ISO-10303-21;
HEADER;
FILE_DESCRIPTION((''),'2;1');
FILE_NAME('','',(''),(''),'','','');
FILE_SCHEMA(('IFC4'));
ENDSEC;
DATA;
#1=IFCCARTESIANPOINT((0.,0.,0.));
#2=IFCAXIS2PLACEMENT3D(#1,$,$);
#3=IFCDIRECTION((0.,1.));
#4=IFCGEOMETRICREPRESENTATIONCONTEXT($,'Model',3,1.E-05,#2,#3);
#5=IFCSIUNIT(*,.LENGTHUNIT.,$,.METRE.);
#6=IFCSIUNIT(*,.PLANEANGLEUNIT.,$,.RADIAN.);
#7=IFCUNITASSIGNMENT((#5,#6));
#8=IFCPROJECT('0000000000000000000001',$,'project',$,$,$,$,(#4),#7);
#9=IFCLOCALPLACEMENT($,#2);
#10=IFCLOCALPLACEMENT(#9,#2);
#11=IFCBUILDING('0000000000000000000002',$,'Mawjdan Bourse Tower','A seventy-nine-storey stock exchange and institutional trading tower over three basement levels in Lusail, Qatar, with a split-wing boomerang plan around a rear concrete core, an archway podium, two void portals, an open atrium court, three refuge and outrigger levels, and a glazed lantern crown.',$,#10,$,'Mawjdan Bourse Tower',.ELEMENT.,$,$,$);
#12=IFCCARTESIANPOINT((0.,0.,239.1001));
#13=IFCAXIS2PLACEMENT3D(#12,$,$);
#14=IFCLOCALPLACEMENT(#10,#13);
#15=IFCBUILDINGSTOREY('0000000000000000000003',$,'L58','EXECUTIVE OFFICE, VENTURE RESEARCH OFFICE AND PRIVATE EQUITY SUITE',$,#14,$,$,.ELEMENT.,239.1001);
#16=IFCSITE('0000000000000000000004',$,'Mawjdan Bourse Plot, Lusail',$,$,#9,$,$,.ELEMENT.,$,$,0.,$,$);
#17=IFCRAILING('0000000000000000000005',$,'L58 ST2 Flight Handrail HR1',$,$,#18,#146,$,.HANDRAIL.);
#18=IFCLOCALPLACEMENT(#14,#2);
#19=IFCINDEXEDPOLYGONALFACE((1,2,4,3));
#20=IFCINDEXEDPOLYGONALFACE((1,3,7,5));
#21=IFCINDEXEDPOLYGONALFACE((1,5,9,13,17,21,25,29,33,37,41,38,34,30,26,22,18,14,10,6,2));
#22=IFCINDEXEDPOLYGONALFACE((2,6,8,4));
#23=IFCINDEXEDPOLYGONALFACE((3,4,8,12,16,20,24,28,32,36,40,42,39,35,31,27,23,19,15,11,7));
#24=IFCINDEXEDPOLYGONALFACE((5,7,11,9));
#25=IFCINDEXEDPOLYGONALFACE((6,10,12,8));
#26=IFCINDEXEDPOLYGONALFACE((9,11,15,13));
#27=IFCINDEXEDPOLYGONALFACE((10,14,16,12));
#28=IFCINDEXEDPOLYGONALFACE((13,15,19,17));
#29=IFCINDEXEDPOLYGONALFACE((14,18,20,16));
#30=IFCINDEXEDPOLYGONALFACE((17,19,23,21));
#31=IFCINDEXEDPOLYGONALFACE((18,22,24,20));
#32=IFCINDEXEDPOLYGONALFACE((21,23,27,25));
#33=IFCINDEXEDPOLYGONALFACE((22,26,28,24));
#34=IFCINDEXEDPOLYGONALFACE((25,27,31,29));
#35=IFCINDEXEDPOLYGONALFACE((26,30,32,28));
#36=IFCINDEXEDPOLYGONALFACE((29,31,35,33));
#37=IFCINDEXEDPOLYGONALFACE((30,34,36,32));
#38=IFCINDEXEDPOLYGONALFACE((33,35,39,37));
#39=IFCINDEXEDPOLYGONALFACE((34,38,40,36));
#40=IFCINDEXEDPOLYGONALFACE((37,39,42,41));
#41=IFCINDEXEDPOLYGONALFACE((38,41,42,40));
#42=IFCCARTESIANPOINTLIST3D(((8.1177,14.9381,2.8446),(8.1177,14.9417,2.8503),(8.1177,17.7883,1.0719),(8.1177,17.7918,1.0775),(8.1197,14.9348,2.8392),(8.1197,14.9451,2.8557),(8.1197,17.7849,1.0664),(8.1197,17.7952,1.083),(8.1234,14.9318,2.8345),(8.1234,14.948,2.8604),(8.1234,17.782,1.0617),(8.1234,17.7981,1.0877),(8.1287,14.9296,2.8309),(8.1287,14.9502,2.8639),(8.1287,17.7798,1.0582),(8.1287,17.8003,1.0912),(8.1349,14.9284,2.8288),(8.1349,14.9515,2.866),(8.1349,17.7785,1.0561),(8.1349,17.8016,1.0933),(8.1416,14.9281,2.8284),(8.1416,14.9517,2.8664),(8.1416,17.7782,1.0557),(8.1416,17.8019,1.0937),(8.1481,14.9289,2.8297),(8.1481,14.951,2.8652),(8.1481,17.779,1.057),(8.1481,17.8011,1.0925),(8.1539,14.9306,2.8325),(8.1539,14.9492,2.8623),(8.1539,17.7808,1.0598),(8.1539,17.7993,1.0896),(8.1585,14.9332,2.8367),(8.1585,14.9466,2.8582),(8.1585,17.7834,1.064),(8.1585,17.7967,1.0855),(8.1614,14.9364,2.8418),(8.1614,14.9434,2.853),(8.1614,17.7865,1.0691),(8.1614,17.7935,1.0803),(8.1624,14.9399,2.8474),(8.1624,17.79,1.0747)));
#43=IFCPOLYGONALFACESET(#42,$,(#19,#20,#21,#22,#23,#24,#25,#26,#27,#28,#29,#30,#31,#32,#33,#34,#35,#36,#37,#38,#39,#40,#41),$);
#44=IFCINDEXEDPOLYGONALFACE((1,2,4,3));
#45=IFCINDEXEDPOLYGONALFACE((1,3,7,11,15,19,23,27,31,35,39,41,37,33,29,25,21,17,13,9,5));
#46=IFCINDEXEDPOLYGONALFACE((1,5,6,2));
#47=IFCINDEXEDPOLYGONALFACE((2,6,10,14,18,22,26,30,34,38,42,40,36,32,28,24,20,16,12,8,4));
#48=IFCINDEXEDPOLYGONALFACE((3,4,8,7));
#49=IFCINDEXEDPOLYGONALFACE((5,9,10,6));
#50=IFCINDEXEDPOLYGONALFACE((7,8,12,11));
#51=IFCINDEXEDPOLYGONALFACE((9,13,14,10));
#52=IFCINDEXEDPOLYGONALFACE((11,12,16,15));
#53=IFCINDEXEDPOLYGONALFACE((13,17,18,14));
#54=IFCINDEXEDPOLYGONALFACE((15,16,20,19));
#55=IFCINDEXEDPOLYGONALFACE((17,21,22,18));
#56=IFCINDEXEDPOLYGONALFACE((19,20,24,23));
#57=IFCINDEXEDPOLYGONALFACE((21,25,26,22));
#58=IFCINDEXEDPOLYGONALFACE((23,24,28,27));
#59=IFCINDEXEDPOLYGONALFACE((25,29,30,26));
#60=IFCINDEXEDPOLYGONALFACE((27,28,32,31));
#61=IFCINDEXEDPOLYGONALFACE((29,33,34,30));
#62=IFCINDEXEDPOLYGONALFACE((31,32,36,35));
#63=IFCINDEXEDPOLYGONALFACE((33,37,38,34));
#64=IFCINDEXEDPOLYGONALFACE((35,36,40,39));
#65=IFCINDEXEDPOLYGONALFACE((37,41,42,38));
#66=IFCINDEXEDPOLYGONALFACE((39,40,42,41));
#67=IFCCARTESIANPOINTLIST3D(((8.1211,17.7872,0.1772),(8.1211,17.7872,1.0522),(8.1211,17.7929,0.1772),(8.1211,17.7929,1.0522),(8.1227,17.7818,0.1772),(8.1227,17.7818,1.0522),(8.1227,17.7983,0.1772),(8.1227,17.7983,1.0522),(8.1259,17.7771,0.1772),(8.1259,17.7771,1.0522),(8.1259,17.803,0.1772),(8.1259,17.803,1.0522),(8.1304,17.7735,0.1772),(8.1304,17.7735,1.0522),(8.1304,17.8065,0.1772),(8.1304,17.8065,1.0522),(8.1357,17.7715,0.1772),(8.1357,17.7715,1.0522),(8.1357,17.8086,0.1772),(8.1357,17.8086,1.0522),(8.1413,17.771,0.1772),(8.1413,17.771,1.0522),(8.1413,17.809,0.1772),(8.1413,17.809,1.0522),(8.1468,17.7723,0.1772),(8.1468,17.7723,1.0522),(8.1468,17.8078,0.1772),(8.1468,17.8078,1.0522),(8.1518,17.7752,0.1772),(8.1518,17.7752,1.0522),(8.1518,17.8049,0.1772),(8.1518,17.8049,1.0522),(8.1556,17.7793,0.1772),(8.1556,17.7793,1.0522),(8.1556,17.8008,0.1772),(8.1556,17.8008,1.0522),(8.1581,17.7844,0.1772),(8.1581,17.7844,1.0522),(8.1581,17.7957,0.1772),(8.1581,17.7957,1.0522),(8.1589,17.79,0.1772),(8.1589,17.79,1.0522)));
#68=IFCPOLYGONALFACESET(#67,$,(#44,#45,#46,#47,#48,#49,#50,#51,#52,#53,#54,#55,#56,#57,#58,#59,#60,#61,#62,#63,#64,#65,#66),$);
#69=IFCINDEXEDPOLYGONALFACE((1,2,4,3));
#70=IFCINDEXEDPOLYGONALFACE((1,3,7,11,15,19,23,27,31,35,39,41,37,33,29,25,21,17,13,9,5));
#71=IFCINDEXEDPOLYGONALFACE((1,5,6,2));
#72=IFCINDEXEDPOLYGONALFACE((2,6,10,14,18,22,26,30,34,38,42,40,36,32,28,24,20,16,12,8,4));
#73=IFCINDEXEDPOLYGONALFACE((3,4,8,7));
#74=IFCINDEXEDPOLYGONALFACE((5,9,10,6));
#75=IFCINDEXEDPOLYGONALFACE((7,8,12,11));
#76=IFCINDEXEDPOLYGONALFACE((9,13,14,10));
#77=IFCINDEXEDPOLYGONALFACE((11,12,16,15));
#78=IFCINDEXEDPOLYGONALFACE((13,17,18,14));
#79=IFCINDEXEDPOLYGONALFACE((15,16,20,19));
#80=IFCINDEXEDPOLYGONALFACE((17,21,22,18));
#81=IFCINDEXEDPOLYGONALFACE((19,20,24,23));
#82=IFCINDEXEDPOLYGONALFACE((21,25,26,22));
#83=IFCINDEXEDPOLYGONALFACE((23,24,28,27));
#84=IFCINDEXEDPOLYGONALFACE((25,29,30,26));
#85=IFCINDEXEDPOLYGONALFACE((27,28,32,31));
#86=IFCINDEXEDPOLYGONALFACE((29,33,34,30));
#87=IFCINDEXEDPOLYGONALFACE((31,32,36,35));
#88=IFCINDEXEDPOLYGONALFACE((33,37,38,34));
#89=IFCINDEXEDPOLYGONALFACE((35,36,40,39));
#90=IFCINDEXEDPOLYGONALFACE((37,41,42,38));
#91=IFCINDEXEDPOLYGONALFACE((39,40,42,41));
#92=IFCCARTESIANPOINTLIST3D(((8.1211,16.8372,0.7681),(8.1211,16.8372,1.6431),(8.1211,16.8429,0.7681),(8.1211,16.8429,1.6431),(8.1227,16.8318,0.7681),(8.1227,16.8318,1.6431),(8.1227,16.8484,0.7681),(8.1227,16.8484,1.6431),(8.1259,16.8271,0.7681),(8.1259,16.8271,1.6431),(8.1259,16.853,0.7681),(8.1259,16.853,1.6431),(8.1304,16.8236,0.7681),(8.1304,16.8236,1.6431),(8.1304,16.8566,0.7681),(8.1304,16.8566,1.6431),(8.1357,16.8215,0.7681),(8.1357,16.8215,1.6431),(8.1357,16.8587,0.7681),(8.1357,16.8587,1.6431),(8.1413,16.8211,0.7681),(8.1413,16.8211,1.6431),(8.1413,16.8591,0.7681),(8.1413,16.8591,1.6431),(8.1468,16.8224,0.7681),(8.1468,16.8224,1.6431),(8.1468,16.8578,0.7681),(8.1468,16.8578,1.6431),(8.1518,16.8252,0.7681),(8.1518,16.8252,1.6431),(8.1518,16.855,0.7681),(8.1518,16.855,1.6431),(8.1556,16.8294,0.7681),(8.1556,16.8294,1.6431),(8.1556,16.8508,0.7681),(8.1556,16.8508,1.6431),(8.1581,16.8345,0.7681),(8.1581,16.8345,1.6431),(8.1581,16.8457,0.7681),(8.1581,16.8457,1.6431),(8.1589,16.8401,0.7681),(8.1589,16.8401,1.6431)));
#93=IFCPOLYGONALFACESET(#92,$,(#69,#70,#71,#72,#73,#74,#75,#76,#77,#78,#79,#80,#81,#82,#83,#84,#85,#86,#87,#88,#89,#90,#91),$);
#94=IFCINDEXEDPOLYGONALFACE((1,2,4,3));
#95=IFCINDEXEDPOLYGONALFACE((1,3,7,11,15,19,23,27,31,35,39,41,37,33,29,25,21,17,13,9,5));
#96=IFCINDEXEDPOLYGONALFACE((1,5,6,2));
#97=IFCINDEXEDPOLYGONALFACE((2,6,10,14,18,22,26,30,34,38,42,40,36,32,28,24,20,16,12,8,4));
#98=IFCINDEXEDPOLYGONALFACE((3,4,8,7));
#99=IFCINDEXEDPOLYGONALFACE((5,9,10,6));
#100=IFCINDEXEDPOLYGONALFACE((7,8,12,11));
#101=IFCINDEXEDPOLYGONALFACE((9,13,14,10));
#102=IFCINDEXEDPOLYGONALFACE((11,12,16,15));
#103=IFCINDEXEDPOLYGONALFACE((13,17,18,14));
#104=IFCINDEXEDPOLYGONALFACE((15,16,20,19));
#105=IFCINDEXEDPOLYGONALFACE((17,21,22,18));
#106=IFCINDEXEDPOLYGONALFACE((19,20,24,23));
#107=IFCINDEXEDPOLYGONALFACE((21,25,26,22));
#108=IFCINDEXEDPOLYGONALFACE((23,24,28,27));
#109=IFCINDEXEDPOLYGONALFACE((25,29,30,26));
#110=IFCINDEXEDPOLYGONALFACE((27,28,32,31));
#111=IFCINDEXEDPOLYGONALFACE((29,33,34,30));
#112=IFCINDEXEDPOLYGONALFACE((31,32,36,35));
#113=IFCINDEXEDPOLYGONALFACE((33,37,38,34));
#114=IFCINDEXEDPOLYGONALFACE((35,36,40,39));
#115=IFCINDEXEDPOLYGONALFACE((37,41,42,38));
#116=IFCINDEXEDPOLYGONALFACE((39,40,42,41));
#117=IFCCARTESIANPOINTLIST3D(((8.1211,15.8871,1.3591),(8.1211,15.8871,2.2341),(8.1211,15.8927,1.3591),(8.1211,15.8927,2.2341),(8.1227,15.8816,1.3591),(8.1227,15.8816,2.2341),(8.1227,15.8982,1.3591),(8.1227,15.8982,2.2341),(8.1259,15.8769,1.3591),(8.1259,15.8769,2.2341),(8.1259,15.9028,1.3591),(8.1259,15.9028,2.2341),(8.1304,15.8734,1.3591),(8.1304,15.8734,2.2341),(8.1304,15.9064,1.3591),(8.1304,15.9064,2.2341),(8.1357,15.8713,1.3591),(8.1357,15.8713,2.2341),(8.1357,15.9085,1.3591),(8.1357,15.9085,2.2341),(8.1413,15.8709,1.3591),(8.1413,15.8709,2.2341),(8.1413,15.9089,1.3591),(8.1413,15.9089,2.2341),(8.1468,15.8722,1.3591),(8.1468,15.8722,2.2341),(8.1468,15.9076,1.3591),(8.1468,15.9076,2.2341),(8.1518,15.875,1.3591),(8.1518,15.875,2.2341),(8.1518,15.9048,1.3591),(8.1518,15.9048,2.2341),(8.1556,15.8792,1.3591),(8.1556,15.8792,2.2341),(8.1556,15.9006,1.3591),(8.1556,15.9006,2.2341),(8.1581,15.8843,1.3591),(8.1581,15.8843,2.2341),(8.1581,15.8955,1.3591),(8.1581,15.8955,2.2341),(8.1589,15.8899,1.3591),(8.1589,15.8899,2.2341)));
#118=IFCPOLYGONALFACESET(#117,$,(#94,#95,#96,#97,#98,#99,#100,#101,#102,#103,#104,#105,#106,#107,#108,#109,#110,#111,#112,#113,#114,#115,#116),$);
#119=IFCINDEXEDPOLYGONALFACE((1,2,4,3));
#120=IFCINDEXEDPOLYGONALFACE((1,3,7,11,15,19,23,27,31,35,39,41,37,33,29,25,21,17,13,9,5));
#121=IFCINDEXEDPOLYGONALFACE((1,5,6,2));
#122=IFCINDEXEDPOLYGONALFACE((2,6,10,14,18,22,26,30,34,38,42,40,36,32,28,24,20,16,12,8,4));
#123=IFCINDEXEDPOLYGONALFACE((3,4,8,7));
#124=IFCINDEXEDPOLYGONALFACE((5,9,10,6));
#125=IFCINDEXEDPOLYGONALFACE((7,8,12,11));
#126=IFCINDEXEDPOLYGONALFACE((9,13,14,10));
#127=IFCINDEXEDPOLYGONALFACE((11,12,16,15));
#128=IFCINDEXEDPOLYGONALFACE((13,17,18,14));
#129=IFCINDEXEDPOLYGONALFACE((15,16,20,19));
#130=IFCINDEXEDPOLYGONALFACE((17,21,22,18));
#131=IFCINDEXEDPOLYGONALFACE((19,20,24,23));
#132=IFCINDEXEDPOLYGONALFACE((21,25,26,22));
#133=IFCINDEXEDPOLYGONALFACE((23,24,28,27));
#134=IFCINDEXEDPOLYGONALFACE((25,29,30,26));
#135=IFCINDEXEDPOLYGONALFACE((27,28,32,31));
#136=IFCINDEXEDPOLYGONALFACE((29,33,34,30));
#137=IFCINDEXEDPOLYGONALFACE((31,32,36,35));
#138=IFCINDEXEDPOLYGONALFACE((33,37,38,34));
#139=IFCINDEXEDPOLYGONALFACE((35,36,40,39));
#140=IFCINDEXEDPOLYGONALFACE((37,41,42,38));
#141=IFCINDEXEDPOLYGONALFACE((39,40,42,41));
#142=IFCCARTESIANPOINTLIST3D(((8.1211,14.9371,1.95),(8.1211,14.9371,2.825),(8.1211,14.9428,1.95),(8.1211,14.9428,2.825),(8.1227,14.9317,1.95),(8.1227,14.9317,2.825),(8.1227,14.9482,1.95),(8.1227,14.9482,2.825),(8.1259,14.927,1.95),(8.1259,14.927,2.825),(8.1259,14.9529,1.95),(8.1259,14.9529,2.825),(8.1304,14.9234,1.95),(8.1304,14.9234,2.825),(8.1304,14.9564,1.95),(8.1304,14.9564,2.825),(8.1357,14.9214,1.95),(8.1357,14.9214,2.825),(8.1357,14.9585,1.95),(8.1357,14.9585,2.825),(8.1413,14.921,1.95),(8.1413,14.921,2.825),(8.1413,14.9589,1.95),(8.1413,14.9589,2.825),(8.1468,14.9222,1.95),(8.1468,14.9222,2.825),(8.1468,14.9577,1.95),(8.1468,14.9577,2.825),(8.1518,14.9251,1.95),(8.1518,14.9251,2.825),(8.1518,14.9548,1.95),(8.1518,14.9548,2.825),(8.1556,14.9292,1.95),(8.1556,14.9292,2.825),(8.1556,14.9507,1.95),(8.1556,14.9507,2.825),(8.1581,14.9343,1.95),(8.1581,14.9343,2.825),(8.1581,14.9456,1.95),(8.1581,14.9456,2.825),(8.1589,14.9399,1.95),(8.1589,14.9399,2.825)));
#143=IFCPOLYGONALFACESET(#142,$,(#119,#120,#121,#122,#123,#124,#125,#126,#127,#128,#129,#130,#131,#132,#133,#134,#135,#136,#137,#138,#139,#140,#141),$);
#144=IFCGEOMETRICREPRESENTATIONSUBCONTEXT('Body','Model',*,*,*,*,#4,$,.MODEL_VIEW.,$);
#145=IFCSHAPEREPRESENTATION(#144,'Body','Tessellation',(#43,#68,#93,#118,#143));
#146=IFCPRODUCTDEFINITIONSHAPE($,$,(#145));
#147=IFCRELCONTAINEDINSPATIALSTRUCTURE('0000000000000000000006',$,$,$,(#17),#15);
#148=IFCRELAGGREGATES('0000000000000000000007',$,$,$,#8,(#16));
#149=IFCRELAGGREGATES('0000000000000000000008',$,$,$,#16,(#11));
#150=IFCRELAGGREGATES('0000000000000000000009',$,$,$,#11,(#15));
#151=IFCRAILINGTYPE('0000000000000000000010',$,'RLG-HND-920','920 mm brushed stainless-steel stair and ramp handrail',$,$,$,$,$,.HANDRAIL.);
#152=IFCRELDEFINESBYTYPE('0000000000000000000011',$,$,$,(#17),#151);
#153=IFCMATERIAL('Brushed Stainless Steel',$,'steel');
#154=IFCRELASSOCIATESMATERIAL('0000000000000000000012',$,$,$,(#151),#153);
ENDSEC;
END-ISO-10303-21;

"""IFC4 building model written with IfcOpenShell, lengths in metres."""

from ifc_helpers import new_model, si_unit, direction, frame, origin, origin_2d, place, context, subcontext, project, spatial, circle, extrude, material, type_object, element, save


model = new_model("IFC4")

# Units and contexts
model_context = context("Model", 3, precision=1e-05, world=origin(), true_north=direction((0.0, 1.0)))
body_context = subcontext(model_context, "Body", "Model", "MODEL_VIEW")
ifc_project = project(units=[si_unit("LENGTHUNIT", "METRE"), si_unit("PLANEANGLEUNIT", "RADIAN")], contexts=[model_context])

# Site, building, storey
site_placement = place(None, origin())
site = spatial("IfcSite", under=ifc_project, at=site_placement, Name="Mawjdan Bourse Plot, Lusail", CompositionType="ELEMENT", RefElevation=0.0)
building_placement = place(site_placement, origin())
building = spatial("IfcBuilding", under=site, at=building_placement, Name="Mawjdan Bourse Tower", Description="A seventy-nine-storey stock exchange and institutional trading tower over three basement levels in Lusail, Qatar, with a split-wing boomerang plan around a rear concrete core, an archway podium, two void portals, an open atrium court, three refuge and outrigger levels, and a glazed lantern crown.", LongName="Mawjdan Bourse Tower", CompositionType="ELEMENT")
storey_placement = place(building_placement, frame((0.0, 0.0, 239.1001)))
storey = spatial("IfcBuildingStorey", under=building, at=storey_placement, Name="L58", Description="EXECUTIVE OFFICE, VENTURE RESEARCH OFFICE AND PRIVATE EQUITY SUITE", CompositionType="ELEMENT", Elevation=239.1001)

# Railing
ifc_material_1 = material(Name="Brushed Stainless Steel", Category="steel")
railing_type_1 = type_object("IfcRailingType", Name="RLG-HND-920", Description="920 mm brushed stainless-steel stair and ramp handrail", PredefinedType="HANDRAIL", material=ifc_material_1)
railing_1_placement = place(storey_placement, frame((8.1399, 17.79, 0.1772)))
element("IfcRailing", 1, at=railing_1_placement, inside=storey, type_object=railing_type_1, Name="L58 ST2 Flight Handrail HR1", PredefinedType="HANDRAIL", context=body_context, shape_type="SweptSolid", body=[
    extrude(circle(Radius=0.0225, at=origin_2d()), frame((0.0, 0.0, 0.8975), z_axis=(0.0, -0.849149, 0.528154), x_axis=(1.0, 0.0, 0.0)), (0.0, 0.0, 1.0), 3.3564),
    extrude(circle(Radius=0.019, at=origin_2d()), origin(), (0.0, 0.0, 1.0), 0.875),
    extrude(circle(Radius=0.019, at=origin_2d()), frame((0.0, -0.95, 0.5908)), (0.0, 0.0, 1.0), 0.875),
    extrude(circle(Radius=0.019, at=origin_2d()), frame((0.0, -1.9001, 1.1819)), (0.0, 0.0, 1.0), 0.875),
    extrude(circle(Radius=0.019, at=origin_2d()), frame((0.0, -2.8501, 1.7727)), (0.0, 0.0, 1.0), 0.875),
])

save(model, "model.ifc")
